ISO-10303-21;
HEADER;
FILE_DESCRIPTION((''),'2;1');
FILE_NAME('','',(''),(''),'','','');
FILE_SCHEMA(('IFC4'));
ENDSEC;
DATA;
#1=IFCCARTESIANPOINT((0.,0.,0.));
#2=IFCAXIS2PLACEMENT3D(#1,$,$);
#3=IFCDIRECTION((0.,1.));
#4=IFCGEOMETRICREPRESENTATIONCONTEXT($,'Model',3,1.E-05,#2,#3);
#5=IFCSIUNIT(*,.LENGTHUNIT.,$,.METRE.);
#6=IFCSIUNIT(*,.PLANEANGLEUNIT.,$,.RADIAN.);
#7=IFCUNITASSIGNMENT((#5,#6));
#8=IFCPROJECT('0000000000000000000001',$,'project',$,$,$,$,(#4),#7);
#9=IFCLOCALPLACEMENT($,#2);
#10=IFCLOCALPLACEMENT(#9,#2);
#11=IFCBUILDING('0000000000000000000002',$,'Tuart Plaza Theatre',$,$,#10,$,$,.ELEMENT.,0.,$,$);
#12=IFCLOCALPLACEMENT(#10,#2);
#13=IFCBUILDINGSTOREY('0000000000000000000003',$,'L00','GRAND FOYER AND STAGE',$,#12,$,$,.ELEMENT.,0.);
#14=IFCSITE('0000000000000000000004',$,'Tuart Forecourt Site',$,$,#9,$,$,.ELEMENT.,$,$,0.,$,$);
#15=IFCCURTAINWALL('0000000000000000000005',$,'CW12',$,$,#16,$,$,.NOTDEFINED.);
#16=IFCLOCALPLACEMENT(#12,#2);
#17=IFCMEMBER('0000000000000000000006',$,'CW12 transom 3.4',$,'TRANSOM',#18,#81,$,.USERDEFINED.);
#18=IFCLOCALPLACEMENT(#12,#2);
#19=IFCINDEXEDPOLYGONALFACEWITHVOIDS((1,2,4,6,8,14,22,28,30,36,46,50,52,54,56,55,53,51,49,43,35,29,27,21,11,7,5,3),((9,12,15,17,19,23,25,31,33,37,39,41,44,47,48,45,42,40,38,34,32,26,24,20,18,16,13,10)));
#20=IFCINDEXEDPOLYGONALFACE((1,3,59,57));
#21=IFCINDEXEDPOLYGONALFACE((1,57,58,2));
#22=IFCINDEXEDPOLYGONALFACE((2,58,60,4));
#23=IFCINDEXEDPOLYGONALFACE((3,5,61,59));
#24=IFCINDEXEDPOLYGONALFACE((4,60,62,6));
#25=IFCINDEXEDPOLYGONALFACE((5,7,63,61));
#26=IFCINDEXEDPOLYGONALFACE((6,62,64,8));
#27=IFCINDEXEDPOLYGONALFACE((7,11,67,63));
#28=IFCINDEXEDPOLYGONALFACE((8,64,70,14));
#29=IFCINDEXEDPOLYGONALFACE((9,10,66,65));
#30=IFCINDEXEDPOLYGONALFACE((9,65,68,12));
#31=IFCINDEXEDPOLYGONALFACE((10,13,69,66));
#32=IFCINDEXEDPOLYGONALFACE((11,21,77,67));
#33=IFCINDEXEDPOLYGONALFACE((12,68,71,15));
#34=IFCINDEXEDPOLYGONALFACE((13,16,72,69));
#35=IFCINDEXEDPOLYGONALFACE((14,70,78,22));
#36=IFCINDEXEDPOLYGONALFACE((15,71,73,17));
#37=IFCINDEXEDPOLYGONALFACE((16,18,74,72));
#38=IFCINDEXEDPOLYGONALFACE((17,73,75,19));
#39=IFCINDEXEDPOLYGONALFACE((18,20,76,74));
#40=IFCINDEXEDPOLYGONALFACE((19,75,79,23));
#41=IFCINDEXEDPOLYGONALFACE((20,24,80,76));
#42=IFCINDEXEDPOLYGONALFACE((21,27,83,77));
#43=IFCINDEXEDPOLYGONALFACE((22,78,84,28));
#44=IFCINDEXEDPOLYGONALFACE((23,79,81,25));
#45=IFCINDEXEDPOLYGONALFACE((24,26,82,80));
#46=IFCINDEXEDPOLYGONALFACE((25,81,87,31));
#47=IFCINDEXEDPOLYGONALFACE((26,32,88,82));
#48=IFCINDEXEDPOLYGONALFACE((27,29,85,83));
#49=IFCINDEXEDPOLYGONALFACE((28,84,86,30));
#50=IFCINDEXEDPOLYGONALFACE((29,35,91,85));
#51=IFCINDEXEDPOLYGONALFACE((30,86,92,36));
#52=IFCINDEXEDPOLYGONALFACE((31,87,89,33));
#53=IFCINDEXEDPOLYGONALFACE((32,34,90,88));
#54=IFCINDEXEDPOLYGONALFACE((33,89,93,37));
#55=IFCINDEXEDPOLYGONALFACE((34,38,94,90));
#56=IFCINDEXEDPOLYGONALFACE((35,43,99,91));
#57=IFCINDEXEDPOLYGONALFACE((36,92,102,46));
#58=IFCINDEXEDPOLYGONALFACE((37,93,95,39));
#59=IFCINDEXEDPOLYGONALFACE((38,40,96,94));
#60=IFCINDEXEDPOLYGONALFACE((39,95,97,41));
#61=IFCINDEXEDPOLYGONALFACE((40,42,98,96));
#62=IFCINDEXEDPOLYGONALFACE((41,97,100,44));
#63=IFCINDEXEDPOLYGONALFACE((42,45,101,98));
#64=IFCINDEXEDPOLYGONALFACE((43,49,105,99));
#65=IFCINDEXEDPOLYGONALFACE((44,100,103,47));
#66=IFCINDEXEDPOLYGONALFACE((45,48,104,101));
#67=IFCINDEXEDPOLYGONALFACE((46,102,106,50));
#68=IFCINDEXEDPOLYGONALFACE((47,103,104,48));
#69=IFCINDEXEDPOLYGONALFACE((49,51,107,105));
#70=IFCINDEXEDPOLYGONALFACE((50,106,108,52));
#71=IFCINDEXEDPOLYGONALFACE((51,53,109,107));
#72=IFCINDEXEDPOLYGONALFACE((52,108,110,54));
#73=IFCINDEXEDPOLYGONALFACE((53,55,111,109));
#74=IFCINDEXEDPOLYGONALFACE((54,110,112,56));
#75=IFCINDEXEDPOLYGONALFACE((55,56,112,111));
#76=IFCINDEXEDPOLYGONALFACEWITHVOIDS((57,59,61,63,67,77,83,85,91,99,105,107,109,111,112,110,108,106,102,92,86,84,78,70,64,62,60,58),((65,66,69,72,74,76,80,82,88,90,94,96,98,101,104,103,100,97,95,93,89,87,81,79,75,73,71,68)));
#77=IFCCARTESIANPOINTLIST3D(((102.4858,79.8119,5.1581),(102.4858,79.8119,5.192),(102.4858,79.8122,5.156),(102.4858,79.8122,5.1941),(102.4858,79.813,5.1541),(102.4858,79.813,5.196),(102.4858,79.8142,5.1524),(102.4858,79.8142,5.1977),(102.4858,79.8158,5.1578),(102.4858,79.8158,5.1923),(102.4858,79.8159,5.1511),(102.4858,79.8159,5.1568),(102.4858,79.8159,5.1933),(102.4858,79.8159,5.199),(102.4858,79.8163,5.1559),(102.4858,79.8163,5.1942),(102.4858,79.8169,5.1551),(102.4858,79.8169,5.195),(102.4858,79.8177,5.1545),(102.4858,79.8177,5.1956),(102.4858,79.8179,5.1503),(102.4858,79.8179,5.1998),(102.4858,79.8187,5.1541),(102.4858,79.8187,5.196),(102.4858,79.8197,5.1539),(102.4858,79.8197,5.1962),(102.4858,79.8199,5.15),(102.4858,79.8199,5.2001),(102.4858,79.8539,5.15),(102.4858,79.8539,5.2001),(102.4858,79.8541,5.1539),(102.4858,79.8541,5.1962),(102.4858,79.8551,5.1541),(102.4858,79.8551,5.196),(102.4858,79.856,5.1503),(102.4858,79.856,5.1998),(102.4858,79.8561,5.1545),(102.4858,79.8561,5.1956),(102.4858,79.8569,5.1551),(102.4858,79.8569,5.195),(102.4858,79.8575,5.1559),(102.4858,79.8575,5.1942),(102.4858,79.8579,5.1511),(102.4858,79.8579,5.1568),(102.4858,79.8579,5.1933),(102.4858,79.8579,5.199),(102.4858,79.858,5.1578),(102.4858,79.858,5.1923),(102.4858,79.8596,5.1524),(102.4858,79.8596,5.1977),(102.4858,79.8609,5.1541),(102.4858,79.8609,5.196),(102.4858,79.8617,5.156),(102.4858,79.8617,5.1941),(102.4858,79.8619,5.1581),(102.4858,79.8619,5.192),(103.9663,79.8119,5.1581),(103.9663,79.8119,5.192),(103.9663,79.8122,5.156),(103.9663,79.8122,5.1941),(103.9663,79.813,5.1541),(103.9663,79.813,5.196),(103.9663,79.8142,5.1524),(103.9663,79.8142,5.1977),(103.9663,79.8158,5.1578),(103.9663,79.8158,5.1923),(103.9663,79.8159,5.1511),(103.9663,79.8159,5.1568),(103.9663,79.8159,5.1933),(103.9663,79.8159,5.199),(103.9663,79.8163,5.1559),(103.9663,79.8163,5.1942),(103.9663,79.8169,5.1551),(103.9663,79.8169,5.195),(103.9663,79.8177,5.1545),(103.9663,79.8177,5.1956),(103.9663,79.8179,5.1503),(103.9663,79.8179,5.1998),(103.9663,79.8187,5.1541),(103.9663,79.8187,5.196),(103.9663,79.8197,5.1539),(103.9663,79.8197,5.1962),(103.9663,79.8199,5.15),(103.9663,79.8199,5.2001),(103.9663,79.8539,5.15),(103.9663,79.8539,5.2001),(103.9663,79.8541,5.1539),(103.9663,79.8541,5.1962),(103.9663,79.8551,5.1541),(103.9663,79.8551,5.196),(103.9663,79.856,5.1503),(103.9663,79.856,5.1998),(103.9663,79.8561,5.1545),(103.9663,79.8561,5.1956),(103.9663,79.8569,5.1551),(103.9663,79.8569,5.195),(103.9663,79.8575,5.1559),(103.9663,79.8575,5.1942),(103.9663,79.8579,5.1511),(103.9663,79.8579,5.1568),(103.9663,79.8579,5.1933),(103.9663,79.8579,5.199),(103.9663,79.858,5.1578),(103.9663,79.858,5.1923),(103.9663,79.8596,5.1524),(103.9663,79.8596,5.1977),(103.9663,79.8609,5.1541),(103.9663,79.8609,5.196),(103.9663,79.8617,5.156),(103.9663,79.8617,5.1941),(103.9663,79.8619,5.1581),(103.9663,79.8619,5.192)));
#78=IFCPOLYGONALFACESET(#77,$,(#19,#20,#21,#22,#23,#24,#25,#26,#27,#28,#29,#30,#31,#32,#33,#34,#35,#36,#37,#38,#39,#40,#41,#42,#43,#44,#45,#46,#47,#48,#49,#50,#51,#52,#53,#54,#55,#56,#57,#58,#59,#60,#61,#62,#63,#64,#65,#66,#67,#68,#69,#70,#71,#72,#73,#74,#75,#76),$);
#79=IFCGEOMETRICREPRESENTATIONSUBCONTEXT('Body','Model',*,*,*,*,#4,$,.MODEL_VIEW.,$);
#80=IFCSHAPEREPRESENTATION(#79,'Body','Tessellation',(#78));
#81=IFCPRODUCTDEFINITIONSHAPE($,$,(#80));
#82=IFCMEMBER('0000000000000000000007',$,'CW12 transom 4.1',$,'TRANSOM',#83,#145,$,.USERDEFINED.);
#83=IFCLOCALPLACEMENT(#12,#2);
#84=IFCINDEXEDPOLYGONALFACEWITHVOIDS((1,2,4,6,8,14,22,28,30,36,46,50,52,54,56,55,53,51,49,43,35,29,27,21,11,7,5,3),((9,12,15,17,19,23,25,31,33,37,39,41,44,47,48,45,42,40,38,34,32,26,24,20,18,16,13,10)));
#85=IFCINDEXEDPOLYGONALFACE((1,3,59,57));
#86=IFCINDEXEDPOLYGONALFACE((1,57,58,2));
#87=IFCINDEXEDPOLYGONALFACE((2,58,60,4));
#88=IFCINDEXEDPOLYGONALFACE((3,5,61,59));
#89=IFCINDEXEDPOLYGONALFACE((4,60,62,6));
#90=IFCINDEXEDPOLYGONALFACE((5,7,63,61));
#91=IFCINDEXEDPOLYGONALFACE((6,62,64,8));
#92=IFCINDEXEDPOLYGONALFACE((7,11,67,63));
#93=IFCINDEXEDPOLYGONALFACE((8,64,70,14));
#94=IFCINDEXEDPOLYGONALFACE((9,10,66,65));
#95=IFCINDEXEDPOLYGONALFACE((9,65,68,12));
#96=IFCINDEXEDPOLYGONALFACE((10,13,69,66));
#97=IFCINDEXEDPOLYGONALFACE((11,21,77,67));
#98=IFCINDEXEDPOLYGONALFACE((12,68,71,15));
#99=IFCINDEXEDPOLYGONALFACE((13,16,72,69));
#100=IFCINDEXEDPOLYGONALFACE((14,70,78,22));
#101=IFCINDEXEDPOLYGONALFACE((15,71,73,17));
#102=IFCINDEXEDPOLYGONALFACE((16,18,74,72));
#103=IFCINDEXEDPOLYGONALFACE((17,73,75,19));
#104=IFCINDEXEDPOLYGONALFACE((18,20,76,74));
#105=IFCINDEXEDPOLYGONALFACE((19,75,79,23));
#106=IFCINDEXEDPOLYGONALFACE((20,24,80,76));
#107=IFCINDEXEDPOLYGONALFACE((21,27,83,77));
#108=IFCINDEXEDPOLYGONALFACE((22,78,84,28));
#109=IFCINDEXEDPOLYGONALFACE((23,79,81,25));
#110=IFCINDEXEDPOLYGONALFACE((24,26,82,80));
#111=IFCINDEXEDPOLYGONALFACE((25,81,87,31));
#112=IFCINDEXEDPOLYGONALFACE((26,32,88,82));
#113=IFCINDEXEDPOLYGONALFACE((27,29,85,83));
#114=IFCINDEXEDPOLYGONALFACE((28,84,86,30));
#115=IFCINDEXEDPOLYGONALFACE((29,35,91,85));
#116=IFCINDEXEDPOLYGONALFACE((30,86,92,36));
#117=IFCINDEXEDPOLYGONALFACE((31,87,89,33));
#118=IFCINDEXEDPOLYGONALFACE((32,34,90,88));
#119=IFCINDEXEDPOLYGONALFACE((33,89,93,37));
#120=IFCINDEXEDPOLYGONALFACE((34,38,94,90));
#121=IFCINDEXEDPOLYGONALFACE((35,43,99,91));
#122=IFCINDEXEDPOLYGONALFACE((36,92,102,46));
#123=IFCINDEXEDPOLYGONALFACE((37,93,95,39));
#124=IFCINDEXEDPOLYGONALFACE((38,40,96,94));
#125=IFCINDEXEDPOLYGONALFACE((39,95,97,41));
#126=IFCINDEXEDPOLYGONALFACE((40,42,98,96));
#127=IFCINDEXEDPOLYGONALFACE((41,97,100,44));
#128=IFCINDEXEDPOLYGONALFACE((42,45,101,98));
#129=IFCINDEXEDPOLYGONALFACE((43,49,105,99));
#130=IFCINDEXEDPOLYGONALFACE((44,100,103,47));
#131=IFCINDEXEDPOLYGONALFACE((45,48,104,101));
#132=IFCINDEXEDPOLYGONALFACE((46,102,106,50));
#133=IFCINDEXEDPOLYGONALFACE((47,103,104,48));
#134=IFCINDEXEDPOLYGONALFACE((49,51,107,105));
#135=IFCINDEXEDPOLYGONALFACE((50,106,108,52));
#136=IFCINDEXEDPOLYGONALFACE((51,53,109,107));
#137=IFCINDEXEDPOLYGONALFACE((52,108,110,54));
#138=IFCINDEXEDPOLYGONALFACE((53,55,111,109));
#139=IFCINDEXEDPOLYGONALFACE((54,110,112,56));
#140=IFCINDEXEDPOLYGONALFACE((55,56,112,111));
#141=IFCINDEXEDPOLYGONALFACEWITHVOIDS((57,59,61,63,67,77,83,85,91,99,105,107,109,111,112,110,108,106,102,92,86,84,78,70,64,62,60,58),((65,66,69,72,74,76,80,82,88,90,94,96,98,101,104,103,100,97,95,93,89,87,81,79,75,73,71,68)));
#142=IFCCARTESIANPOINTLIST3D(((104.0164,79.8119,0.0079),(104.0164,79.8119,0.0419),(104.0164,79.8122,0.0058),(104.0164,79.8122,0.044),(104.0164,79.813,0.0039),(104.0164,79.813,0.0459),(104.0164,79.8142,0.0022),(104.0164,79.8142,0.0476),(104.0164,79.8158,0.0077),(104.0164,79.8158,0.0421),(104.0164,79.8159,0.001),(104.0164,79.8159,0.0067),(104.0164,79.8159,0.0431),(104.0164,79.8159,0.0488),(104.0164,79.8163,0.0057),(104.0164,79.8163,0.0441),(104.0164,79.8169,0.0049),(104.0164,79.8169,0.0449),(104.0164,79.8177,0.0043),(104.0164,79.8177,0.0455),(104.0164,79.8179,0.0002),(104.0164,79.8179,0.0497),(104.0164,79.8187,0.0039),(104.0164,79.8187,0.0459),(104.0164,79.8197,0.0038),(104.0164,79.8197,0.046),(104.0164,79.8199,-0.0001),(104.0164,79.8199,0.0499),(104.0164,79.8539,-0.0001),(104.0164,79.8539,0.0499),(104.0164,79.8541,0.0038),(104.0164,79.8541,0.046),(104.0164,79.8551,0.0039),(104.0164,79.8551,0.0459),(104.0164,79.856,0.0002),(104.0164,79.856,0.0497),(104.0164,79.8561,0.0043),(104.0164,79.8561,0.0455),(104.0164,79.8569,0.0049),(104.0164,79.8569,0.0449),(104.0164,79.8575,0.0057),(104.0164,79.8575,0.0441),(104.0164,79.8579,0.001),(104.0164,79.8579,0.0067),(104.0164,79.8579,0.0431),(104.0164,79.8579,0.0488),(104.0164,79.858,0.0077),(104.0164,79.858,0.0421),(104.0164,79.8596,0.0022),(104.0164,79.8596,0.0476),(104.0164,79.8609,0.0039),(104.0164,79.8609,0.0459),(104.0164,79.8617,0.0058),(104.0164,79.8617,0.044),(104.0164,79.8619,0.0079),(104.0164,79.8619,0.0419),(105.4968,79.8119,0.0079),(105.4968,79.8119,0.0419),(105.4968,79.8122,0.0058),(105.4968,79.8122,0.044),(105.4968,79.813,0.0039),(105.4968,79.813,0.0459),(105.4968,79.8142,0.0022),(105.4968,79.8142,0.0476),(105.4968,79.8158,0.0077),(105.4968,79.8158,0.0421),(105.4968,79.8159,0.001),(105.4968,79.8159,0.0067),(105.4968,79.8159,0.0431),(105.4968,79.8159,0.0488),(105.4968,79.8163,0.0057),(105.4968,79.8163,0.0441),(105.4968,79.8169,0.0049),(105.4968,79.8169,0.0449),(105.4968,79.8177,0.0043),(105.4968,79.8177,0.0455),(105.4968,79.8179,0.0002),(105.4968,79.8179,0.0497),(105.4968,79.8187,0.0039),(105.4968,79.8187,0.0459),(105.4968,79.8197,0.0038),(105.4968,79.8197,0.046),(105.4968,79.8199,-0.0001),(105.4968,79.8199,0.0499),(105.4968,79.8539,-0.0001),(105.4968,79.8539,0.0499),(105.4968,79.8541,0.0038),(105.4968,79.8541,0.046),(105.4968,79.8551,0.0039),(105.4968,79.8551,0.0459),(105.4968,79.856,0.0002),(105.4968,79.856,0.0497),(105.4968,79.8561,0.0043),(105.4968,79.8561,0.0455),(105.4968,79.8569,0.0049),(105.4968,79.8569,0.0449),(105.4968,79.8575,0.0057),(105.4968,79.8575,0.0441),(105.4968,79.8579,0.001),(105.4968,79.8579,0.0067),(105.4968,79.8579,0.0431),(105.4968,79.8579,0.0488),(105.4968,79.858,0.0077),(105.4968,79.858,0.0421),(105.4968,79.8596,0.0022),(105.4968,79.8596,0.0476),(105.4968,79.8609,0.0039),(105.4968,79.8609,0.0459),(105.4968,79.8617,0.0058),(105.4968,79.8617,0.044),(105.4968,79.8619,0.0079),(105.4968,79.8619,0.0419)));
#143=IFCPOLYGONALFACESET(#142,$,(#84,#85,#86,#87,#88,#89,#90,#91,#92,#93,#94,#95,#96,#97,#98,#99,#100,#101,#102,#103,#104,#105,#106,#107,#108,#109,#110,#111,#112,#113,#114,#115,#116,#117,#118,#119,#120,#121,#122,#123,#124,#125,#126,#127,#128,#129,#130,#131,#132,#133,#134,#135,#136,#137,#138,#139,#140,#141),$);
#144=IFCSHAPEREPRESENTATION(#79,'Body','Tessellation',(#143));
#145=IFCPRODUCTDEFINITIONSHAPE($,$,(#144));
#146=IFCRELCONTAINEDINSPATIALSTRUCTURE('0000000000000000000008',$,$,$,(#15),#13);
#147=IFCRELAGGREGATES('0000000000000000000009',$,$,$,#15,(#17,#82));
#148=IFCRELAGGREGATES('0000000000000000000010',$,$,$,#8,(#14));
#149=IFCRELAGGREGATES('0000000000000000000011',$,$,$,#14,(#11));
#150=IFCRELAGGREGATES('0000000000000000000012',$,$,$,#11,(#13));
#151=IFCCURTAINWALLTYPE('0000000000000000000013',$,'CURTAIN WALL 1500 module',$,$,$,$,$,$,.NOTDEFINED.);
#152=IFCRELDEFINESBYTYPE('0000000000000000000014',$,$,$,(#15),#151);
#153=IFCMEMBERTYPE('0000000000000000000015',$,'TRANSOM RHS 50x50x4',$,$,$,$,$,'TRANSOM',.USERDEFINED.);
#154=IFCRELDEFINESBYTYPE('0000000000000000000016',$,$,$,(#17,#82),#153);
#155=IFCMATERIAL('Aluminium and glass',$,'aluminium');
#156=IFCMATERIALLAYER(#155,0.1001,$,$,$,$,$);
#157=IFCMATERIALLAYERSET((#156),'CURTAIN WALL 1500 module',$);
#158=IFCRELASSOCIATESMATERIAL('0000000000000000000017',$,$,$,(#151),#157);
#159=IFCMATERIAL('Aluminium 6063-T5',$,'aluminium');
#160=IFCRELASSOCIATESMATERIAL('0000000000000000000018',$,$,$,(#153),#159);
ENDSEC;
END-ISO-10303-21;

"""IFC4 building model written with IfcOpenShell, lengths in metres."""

from ifc_helpers import new_model, si_unit, direction, frame, origin, origin_2d, place, context, subcontext, project, spatial, hollow_rectangle, extrude, material, layer, layer_set, material_profile, profile_set, type_object, element, aggregate, save


model = new_model("IFC4")

# Units and contexts
model_context = context("Model", 3, precision=1e-05, world=origin(), true_north=direction((0.0, 1.0)))
body_context = subcontext(model_context, "Body", "Model", "MODEL_VIEW")
ifc_project = project(units=[si_unit("LENGTHUNIT", "METRE"), si_unit("PLANEANGLEUNIT", "RADIAN")], contexts=[model_context])

# Site, building, storey
site_placement = place(None, origin())
site = spatial("IfcSite", under=ifc_project, at=site_placement, Name="Tuart Forecourt Site", CompositionType="ELEMENT", RefElevation=0.0)
building_placement = place(site_placement, origin())
building = spatial("IfcBuilding", under=site, at=building_placement, Name="Tuart Plaza Theatre", CompositionType="ELEMENT", ElevationOfRefHeight=0.0)
storey_placement = place(building_placement, origin())
storey = spatial("IfcBuildingStorey", under=building, at=storey_placement, Name="L00", Description="GRAND FOYER AND STAGE", CompositionType="ELEMENT", Elevation=0.0)

# Curtain wall, members
ifc_material_1 = material(Name="Aluminium and glass", Category="aluminium")
ifc_layer_1 = layer(ifc_material_1, 0.1001)
ifc_layer_set_1 = layer_set([ifc_layer_1], Name="CURTAIN WALL 1500 module")
curtain_wall_type = type_object("IfcCurtainWallType", Name="CURTAIN WALL 1500 module", PredefinedType="NOTDEFINED", material=ifc_layer_set_1)
curtain_wall_placement = place(storey_placement, origin())
curtain_wall = element("IfcCurtainWall", 1, at=curtain_wall_placement, inside=storey, type_object=curtain_wall_type, Name="CW12", PredefinedType="NOTDEFINED")
ifc_material_2 = material(Name="Aluminium 6063-T5", Category="aluminium")
ifc_material_profile_1 = material_profile(ifc_material_2, hollow_rectangle(XDim=0.05, YDim=0.05, WallThickness=0.0039, InnerFilletRadius=0.0039, OuterFilletRadius=0.0081, at=origin_2d()), Name="RHS 50x50x4")
ifc_profile_set_1 = profile_set([ifc_material_profile_1], Name="Aluminium 6063-T5")
member_type_1 = type_object("IfcMemberType", Name="TRANSOM RHS 50x50x4", ElementType="TRANSOM", PredefinedType="USERDEFINED", material=ifc_profile_set_1)
member_1_placement = place(storey_placement, frame((102.4858, 79.8369, 5.175), z_axis=(1.0, 0.0, 0.0), x_axis=(0.0, 1.0, 0.0)))
member_1 = element("IfcMember", 2, at=member_1_placement, type_object=member_type_1, Name="CW12 transom 3.4", ObjectType="TRANSOM", PredefinedType="USERDEFINED", context=body_context, shape_type="SweptSolid", body=[
    extrude(hollow_rectangle(XDim=0.05, YDim=0.05, WallThickness=0.0039, InnerFilletRadius=0.0039, OuterFilletRadius=0.0081, at=origin_2d()), origin(), (0.0, 0.0, 1.0), 1.4805),
])
member_2_placement = place(storey_placement, frame((104.0164, 79.8369, 0.0249), z_axis=(1.0, 0.0, 0.0), x_axis=(0.0, 1.0, 0.0)))
member_2 = element("IfcMember", 3, at=member_2_placement, type_object=member_type_1, Name="CW12 transom 4.1", ObjectType="TRANSOM", PredefinedType="USERDEFINED", context=body_context, shape_type="SweptSolid", body=[
    extrude(hollow_rectangle(XDim=0.05, YDim=0.05, WallThickness=0.0039, InnerFilletRadius=0.0039, OuterFilletRadius=0.0081, at=origin_2d()), origin(), (0.0, 0.0, 1.0), 1.4805),
])
aggregate(curtain_wall, [member_1, member_2])

save(model, "model.ifc")
